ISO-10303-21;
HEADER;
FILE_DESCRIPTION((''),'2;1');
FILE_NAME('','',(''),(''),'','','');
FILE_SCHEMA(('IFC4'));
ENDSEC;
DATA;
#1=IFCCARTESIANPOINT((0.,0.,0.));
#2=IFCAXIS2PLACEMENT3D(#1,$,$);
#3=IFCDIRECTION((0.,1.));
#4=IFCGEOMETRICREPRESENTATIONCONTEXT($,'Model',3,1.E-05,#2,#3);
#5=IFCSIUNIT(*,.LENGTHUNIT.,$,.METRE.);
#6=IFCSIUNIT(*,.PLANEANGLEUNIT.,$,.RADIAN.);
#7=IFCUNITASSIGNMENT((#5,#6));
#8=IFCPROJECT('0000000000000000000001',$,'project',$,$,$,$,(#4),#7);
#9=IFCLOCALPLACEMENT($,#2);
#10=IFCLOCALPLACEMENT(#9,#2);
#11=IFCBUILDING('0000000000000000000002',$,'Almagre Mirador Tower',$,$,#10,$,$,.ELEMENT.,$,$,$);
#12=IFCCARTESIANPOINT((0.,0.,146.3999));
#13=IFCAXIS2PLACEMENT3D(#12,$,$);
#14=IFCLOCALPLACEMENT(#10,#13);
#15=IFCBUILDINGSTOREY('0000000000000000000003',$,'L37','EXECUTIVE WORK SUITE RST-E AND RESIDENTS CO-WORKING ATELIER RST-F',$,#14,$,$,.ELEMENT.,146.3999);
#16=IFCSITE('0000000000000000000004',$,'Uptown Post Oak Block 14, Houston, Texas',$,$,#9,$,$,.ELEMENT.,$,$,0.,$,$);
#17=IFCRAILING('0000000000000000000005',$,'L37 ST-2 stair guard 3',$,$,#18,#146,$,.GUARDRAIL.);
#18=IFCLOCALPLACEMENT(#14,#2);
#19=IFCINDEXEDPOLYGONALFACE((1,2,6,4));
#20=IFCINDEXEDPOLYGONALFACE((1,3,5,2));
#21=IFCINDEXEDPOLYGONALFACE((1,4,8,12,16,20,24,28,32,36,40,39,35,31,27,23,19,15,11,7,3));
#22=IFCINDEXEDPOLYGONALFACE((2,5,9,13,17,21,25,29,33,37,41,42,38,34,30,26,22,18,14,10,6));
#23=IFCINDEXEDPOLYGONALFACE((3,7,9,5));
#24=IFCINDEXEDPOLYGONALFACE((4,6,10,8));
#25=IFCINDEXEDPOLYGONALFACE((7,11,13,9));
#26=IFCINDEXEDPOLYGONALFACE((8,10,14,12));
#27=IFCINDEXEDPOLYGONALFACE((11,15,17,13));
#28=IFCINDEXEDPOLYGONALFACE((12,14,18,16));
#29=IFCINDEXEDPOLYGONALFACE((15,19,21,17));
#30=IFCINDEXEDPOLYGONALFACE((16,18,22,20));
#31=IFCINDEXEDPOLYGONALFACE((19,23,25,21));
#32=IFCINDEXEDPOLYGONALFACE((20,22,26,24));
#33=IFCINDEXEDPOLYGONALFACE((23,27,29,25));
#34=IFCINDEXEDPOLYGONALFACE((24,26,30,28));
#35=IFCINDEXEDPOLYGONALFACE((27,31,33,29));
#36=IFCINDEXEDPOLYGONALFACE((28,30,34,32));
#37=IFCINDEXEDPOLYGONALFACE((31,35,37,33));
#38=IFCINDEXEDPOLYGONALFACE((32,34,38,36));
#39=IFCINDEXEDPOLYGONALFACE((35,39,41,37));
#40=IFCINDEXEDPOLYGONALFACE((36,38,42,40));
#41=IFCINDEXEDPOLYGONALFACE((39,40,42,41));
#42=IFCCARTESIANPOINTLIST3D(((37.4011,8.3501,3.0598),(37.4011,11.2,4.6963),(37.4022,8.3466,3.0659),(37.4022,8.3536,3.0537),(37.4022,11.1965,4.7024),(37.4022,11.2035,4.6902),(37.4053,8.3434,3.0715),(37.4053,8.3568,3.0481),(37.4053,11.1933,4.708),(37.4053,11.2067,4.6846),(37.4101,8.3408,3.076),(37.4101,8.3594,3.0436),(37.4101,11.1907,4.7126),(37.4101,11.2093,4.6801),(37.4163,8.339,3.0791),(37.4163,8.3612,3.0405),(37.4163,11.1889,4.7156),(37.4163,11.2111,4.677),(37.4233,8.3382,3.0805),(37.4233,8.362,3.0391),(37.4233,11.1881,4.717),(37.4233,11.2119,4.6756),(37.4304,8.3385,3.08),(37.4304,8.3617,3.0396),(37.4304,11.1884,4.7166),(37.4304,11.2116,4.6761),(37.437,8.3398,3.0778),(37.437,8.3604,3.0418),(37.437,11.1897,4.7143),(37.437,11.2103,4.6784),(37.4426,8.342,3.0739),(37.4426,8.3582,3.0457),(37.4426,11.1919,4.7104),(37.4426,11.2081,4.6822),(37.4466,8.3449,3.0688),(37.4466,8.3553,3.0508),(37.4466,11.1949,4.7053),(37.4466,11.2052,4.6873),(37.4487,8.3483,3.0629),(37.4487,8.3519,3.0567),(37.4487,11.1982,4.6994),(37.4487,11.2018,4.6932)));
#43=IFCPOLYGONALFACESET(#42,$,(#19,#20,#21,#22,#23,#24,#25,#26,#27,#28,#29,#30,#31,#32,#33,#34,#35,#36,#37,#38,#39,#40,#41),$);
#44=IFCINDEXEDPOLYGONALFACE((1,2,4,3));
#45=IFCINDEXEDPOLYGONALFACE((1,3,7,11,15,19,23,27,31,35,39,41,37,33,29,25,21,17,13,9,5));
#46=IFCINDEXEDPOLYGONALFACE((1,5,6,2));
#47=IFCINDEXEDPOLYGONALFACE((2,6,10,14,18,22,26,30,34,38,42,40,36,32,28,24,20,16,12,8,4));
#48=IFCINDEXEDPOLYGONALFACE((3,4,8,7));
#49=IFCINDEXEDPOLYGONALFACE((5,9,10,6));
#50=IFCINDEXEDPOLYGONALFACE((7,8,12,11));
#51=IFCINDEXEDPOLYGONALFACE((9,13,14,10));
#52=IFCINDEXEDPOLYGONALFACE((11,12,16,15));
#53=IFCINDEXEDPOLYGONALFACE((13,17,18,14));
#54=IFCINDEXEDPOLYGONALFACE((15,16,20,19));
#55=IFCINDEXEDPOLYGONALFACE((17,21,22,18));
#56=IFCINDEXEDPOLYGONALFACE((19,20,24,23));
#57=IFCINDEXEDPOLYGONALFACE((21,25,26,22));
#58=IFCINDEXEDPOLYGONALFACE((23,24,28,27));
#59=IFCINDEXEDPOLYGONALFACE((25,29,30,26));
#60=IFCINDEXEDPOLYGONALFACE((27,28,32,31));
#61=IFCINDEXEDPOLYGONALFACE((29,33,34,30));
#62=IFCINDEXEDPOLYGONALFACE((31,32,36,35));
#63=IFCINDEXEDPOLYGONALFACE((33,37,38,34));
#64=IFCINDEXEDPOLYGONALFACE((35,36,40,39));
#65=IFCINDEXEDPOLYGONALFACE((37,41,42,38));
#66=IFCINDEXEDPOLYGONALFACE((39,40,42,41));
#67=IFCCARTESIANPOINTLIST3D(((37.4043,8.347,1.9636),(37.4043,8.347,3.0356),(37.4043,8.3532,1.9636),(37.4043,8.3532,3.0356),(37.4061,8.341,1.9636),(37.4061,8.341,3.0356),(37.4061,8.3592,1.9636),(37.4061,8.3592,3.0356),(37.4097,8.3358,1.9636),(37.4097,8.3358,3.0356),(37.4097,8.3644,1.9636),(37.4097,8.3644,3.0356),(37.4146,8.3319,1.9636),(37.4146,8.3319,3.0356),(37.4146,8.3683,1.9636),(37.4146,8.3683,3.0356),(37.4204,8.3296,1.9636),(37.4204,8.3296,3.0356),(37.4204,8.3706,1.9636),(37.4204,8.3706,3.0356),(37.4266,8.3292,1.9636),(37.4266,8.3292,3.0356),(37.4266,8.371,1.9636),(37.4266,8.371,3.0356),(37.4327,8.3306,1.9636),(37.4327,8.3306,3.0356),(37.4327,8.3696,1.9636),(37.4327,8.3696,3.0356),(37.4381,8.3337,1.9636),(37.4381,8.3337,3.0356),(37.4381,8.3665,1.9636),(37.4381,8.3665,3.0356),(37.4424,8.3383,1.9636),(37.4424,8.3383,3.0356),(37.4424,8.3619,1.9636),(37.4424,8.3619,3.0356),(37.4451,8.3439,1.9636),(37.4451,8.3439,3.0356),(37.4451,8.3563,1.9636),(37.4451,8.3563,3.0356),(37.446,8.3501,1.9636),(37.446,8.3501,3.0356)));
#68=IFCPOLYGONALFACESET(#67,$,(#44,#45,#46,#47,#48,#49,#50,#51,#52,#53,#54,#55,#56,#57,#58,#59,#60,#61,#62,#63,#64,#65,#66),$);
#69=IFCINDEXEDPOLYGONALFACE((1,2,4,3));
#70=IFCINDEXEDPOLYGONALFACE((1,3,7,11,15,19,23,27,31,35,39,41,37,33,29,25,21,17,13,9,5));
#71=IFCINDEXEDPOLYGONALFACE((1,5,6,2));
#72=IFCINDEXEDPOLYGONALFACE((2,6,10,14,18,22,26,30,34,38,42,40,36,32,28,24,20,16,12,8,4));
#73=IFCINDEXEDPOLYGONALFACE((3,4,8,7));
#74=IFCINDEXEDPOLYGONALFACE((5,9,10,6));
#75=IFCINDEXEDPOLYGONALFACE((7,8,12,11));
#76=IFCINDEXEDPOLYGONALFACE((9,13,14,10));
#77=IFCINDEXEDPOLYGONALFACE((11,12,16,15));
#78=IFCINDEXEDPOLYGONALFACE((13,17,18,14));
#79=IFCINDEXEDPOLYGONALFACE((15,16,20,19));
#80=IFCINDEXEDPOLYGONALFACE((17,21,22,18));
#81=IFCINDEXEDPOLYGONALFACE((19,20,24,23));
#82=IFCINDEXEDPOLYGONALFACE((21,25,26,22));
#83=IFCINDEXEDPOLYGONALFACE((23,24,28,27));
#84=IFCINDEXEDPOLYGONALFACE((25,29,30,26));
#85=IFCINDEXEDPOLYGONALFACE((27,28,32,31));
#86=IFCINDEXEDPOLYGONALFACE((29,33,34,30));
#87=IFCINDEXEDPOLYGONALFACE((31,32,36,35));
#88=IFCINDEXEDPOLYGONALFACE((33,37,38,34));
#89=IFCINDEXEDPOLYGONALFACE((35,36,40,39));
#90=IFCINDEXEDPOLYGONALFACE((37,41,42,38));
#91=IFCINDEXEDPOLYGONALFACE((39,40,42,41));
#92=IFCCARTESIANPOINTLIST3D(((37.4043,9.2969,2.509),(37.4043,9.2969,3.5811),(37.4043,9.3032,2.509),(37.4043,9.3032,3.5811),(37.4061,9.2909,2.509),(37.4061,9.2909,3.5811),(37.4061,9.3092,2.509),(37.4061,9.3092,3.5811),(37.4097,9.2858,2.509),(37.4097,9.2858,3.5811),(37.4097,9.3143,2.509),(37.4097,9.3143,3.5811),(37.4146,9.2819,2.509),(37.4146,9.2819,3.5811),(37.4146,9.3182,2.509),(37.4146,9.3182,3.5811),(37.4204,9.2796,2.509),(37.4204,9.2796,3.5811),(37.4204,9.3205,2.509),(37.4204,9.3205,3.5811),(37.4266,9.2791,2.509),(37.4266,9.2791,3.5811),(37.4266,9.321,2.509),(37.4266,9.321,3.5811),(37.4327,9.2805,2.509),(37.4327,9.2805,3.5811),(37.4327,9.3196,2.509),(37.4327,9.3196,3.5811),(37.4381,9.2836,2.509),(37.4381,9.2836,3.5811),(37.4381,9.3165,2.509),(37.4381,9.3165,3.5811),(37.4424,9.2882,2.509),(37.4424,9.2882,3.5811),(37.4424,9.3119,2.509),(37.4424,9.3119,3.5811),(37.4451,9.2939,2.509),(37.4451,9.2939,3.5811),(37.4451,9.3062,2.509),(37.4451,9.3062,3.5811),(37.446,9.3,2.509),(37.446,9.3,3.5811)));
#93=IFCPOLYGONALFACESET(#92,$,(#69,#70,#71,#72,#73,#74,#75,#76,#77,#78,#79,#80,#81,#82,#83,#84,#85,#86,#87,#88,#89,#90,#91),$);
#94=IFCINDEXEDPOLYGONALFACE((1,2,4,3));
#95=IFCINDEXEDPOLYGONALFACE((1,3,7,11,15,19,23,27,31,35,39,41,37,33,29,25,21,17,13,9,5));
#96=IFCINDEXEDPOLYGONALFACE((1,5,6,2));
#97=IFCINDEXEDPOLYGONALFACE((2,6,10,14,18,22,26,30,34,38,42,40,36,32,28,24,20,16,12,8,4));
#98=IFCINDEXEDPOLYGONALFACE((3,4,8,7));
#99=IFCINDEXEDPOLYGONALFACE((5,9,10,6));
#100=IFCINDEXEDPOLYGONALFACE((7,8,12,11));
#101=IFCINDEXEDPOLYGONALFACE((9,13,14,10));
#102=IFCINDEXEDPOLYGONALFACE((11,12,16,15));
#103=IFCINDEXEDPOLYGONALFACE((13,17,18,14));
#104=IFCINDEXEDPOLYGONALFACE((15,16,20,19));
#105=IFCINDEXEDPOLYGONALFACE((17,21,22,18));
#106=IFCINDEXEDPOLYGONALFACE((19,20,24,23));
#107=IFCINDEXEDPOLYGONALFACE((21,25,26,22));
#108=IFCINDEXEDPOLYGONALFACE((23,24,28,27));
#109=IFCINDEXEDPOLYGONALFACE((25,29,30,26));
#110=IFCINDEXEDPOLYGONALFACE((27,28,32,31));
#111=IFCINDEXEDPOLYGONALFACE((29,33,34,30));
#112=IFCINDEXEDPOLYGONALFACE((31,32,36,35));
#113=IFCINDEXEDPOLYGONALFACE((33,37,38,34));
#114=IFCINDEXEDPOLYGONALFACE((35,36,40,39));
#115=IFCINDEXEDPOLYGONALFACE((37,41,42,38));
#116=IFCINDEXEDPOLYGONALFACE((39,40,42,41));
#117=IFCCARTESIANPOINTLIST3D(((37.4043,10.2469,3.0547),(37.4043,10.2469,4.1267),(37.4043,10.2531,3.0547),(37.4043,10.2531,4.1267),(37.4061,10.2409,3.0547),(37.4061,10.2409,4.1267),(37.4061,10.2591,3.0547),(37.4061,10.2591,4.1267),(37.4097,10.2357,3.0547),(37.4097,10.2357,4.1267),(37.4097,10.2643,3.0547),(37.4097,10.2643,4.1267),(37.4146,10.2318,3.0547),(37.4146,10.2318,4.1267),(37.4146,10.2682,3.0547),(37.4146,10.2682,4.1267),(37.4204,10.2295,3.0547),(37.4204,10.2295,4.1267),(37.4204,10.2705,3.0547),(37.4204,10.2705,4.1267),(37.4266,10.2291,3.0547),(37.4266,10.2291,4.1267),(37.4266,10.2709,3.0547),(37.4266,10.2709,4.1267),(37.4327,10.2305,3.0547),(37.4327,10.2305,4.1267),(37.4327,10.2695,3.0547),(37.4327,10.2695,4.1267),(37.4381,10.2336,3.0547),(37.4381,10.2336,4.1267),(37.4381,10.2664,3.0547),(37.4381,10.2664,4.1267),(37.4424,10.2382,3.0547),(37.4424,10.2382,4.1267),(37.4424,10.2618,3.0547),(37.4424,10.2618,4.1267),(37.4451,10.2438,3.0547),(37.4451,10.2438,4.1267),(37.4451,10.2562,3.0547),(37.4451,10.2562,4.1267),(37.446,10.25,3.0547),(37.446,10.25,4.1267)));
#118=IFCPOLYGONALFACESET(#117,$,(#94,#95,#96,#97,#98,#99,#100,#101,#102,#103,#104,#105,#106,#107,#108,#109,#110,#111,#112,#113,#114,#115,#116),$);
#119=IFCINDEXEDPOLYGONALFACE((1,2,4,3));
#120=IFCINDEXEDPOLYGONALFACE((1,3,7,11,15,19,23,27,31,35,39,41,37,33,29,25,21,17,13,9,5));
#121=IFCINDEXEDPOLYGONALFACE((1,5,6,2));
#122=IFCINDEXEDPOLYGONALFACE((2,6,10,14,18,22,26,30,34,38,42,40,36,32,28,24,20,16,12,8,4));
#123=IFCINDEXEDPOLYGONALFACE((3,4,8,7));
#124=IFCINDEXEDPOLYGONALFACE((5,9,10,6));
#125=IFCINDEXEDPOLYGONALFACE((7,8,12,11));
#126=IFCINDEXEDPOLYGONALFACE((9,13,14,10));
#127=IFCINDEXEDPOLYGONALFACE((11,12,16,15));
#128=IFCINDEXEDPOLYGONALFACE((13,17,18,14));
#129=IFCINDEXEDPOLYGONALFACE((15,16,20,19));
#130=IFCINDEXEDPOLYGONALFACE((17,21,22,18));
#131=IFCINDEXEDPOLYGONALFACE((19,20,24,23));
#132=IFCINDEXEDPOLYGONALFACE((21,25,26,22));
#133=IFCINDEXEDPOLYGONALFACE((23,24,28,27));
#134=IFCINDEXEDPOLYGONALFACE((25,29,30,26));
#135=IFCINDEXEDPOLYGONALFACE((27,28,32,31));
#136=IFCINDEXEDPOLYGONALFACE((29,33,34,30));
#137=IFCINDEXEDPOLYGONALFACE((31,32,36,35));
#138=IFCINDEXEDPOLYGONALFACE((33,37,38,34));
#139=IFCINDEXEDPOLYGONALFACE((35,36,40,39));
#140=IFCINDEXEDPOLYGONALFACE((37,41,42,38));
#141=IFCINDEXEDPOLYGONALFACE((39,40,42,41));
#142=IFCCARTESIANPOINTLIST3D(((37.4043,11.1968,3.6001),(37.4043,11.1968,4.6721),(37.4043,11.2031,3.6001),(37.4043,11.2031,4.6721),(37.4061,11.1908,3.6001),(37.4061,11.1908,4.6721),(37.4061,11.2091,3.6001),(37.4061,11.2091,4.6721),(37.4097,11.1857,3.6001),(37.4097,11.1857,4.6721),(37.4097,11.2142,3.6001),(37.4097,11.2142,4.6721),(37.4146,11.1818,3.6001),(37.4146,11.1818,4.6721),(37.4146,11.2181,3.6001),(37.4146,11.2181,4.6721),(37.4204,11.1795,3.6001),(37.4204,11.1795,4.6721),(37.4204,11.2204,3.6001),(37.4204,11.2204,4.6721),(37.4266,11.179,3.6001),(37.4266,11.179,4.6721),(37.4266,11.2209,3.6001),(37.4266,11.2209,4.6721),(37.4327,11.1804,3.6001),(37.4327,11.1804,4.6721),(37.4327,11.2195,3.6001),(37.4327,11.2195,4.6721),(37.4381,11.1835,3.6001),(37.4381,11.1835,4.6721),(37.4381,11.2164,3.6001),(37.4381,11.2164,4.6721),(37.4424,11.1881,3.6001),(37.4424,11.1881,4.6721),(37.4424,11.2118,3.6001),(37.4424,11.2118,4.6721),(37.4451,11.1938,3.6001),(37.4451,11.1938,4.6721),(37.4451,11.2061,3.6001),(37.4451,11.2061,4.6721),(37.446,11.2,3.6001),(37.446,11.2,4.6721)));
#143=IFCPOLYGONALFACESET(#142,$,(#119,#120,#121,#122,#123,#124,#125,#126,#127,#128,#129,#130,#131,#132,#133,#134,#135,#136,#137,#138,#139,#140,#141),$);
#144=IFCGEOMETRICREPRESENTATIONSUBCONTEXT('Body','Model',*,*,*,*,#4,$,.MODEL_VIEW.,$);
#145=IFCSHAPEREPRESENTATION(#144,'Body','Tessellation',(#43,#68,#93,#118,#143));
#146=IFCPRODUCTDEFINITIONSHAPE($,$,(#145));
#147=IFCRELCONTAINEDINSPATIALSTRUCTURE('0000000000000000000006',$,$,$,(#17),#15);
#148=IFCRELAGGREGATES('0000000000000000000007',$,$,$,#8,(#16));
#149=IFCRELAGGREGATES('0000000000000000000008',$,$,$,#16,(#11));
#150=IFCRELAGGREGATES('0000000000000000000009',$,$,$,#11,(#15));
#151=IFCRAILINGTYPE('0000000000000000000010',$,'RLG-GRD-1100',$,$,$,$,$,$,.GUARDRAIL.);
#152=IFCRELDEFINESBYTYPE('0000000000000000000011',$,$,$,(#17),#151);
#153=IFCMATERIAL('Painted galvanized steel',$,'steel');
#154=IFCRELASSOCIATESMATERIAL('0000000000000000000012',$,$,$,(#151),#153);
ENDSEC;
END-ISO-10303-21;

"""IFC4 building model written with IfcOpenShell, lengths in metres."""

from ifc_helpers import new_model, si_unit, direction, frame, origin, origin_2d, place, context, subcontext, project, spatial, circle, extrude, material, type_object, element, save


model = new_model("IFC4")

# Units and contexts
model_context = context("Model", 3, precision=1e-05, world=origin(), true_north=direction((0.0, 1.0)))
body_context = subcontext(model_context, "Body", "Model", "MODEL_VIEW")
ifc_project = project(units=[si_unit("LENGTHUNIT", "METRE"), si_unit("PLANEANGLEUNIT", "RADIAN")], contexts=[model_context])

# Site, building, storey
site_placement = place(None, origin())
site = spatial("IfcSite", under=ifc_project, at=site_placement, Name="Uptown Post Oak Block 14, Houston, Texas", CompositionType="ELEMENT", RefElevation=0.0)
building_placement = place(site_placement, origin())
building = spatial("IfcBuilding", under=site, at=building_placement, Name="Almagre Mirador Tower", CompositionType="ELEMENT")
storey_placement = place(building_placement, frame((0.0, 0.0, 146.3999)))
storey = spatial("IfcBuildingStorey", under=building, at=storey_placement, Name="L37", Description="EXECUTIVE WORK SUITE RST-E AND RESIDENTS CO-WORKING ATELIER RST-F", CompositionType="ELEMENT", Elevation=146.3999)

# Railing
ifc_material_1 = material(Name="Painted galvanized steel", Category="steel")
railing_type_1 = type_object("IfcRailingType", Name="RLG-GRD-1100", PredefinedType="GUARDRAIL", material=ifc_material_1)
railing_1_placement = place(storey_placement, frame((37.425, 8.3501, 1.9636)))
element("IfcRailing", 1, at=railing_1_placement, inside=storey, type_object=railing_type_1, Name="L37 ST-2 stair guard 3", PredefinedType="GUARDRAIL", context=body_context, shape_type="SweptSolid", body=[
    extrude(circle(Radius=0.0239, at=origin_2d()), frame((0.0, 0.0, 1.0962), z_axis=(0.0, 0.867194, 0.49797), x_axis=(-1.0, 0.0, 0.0)), (0.0, 0.0, 1.0), 3.2864),
    extrude(circle(Radius=0.021, at=origin_2d()), origin(), (0.0, 0.0, 1.0), 1.072),
    extrude(circle(Radius=0.021, at=origin_2d()), frame((0.0, 0.95, 0.5454)), (0.0, 0.0, 1.0), 1.072),
    extrude(circle(Radius=0.021, at=origin_2d()), frame((0.0, 1.8999, 1.0911)), (0.0, 0.0, 1.0), 1.072),
    extrude(circle(Radius=0.021, at=origin_2d()), frame((0.0, 2.8499, 1.6365)), (0.0, 0.0, 1.0), 1.072),
])

save(model, "model.ifc")
